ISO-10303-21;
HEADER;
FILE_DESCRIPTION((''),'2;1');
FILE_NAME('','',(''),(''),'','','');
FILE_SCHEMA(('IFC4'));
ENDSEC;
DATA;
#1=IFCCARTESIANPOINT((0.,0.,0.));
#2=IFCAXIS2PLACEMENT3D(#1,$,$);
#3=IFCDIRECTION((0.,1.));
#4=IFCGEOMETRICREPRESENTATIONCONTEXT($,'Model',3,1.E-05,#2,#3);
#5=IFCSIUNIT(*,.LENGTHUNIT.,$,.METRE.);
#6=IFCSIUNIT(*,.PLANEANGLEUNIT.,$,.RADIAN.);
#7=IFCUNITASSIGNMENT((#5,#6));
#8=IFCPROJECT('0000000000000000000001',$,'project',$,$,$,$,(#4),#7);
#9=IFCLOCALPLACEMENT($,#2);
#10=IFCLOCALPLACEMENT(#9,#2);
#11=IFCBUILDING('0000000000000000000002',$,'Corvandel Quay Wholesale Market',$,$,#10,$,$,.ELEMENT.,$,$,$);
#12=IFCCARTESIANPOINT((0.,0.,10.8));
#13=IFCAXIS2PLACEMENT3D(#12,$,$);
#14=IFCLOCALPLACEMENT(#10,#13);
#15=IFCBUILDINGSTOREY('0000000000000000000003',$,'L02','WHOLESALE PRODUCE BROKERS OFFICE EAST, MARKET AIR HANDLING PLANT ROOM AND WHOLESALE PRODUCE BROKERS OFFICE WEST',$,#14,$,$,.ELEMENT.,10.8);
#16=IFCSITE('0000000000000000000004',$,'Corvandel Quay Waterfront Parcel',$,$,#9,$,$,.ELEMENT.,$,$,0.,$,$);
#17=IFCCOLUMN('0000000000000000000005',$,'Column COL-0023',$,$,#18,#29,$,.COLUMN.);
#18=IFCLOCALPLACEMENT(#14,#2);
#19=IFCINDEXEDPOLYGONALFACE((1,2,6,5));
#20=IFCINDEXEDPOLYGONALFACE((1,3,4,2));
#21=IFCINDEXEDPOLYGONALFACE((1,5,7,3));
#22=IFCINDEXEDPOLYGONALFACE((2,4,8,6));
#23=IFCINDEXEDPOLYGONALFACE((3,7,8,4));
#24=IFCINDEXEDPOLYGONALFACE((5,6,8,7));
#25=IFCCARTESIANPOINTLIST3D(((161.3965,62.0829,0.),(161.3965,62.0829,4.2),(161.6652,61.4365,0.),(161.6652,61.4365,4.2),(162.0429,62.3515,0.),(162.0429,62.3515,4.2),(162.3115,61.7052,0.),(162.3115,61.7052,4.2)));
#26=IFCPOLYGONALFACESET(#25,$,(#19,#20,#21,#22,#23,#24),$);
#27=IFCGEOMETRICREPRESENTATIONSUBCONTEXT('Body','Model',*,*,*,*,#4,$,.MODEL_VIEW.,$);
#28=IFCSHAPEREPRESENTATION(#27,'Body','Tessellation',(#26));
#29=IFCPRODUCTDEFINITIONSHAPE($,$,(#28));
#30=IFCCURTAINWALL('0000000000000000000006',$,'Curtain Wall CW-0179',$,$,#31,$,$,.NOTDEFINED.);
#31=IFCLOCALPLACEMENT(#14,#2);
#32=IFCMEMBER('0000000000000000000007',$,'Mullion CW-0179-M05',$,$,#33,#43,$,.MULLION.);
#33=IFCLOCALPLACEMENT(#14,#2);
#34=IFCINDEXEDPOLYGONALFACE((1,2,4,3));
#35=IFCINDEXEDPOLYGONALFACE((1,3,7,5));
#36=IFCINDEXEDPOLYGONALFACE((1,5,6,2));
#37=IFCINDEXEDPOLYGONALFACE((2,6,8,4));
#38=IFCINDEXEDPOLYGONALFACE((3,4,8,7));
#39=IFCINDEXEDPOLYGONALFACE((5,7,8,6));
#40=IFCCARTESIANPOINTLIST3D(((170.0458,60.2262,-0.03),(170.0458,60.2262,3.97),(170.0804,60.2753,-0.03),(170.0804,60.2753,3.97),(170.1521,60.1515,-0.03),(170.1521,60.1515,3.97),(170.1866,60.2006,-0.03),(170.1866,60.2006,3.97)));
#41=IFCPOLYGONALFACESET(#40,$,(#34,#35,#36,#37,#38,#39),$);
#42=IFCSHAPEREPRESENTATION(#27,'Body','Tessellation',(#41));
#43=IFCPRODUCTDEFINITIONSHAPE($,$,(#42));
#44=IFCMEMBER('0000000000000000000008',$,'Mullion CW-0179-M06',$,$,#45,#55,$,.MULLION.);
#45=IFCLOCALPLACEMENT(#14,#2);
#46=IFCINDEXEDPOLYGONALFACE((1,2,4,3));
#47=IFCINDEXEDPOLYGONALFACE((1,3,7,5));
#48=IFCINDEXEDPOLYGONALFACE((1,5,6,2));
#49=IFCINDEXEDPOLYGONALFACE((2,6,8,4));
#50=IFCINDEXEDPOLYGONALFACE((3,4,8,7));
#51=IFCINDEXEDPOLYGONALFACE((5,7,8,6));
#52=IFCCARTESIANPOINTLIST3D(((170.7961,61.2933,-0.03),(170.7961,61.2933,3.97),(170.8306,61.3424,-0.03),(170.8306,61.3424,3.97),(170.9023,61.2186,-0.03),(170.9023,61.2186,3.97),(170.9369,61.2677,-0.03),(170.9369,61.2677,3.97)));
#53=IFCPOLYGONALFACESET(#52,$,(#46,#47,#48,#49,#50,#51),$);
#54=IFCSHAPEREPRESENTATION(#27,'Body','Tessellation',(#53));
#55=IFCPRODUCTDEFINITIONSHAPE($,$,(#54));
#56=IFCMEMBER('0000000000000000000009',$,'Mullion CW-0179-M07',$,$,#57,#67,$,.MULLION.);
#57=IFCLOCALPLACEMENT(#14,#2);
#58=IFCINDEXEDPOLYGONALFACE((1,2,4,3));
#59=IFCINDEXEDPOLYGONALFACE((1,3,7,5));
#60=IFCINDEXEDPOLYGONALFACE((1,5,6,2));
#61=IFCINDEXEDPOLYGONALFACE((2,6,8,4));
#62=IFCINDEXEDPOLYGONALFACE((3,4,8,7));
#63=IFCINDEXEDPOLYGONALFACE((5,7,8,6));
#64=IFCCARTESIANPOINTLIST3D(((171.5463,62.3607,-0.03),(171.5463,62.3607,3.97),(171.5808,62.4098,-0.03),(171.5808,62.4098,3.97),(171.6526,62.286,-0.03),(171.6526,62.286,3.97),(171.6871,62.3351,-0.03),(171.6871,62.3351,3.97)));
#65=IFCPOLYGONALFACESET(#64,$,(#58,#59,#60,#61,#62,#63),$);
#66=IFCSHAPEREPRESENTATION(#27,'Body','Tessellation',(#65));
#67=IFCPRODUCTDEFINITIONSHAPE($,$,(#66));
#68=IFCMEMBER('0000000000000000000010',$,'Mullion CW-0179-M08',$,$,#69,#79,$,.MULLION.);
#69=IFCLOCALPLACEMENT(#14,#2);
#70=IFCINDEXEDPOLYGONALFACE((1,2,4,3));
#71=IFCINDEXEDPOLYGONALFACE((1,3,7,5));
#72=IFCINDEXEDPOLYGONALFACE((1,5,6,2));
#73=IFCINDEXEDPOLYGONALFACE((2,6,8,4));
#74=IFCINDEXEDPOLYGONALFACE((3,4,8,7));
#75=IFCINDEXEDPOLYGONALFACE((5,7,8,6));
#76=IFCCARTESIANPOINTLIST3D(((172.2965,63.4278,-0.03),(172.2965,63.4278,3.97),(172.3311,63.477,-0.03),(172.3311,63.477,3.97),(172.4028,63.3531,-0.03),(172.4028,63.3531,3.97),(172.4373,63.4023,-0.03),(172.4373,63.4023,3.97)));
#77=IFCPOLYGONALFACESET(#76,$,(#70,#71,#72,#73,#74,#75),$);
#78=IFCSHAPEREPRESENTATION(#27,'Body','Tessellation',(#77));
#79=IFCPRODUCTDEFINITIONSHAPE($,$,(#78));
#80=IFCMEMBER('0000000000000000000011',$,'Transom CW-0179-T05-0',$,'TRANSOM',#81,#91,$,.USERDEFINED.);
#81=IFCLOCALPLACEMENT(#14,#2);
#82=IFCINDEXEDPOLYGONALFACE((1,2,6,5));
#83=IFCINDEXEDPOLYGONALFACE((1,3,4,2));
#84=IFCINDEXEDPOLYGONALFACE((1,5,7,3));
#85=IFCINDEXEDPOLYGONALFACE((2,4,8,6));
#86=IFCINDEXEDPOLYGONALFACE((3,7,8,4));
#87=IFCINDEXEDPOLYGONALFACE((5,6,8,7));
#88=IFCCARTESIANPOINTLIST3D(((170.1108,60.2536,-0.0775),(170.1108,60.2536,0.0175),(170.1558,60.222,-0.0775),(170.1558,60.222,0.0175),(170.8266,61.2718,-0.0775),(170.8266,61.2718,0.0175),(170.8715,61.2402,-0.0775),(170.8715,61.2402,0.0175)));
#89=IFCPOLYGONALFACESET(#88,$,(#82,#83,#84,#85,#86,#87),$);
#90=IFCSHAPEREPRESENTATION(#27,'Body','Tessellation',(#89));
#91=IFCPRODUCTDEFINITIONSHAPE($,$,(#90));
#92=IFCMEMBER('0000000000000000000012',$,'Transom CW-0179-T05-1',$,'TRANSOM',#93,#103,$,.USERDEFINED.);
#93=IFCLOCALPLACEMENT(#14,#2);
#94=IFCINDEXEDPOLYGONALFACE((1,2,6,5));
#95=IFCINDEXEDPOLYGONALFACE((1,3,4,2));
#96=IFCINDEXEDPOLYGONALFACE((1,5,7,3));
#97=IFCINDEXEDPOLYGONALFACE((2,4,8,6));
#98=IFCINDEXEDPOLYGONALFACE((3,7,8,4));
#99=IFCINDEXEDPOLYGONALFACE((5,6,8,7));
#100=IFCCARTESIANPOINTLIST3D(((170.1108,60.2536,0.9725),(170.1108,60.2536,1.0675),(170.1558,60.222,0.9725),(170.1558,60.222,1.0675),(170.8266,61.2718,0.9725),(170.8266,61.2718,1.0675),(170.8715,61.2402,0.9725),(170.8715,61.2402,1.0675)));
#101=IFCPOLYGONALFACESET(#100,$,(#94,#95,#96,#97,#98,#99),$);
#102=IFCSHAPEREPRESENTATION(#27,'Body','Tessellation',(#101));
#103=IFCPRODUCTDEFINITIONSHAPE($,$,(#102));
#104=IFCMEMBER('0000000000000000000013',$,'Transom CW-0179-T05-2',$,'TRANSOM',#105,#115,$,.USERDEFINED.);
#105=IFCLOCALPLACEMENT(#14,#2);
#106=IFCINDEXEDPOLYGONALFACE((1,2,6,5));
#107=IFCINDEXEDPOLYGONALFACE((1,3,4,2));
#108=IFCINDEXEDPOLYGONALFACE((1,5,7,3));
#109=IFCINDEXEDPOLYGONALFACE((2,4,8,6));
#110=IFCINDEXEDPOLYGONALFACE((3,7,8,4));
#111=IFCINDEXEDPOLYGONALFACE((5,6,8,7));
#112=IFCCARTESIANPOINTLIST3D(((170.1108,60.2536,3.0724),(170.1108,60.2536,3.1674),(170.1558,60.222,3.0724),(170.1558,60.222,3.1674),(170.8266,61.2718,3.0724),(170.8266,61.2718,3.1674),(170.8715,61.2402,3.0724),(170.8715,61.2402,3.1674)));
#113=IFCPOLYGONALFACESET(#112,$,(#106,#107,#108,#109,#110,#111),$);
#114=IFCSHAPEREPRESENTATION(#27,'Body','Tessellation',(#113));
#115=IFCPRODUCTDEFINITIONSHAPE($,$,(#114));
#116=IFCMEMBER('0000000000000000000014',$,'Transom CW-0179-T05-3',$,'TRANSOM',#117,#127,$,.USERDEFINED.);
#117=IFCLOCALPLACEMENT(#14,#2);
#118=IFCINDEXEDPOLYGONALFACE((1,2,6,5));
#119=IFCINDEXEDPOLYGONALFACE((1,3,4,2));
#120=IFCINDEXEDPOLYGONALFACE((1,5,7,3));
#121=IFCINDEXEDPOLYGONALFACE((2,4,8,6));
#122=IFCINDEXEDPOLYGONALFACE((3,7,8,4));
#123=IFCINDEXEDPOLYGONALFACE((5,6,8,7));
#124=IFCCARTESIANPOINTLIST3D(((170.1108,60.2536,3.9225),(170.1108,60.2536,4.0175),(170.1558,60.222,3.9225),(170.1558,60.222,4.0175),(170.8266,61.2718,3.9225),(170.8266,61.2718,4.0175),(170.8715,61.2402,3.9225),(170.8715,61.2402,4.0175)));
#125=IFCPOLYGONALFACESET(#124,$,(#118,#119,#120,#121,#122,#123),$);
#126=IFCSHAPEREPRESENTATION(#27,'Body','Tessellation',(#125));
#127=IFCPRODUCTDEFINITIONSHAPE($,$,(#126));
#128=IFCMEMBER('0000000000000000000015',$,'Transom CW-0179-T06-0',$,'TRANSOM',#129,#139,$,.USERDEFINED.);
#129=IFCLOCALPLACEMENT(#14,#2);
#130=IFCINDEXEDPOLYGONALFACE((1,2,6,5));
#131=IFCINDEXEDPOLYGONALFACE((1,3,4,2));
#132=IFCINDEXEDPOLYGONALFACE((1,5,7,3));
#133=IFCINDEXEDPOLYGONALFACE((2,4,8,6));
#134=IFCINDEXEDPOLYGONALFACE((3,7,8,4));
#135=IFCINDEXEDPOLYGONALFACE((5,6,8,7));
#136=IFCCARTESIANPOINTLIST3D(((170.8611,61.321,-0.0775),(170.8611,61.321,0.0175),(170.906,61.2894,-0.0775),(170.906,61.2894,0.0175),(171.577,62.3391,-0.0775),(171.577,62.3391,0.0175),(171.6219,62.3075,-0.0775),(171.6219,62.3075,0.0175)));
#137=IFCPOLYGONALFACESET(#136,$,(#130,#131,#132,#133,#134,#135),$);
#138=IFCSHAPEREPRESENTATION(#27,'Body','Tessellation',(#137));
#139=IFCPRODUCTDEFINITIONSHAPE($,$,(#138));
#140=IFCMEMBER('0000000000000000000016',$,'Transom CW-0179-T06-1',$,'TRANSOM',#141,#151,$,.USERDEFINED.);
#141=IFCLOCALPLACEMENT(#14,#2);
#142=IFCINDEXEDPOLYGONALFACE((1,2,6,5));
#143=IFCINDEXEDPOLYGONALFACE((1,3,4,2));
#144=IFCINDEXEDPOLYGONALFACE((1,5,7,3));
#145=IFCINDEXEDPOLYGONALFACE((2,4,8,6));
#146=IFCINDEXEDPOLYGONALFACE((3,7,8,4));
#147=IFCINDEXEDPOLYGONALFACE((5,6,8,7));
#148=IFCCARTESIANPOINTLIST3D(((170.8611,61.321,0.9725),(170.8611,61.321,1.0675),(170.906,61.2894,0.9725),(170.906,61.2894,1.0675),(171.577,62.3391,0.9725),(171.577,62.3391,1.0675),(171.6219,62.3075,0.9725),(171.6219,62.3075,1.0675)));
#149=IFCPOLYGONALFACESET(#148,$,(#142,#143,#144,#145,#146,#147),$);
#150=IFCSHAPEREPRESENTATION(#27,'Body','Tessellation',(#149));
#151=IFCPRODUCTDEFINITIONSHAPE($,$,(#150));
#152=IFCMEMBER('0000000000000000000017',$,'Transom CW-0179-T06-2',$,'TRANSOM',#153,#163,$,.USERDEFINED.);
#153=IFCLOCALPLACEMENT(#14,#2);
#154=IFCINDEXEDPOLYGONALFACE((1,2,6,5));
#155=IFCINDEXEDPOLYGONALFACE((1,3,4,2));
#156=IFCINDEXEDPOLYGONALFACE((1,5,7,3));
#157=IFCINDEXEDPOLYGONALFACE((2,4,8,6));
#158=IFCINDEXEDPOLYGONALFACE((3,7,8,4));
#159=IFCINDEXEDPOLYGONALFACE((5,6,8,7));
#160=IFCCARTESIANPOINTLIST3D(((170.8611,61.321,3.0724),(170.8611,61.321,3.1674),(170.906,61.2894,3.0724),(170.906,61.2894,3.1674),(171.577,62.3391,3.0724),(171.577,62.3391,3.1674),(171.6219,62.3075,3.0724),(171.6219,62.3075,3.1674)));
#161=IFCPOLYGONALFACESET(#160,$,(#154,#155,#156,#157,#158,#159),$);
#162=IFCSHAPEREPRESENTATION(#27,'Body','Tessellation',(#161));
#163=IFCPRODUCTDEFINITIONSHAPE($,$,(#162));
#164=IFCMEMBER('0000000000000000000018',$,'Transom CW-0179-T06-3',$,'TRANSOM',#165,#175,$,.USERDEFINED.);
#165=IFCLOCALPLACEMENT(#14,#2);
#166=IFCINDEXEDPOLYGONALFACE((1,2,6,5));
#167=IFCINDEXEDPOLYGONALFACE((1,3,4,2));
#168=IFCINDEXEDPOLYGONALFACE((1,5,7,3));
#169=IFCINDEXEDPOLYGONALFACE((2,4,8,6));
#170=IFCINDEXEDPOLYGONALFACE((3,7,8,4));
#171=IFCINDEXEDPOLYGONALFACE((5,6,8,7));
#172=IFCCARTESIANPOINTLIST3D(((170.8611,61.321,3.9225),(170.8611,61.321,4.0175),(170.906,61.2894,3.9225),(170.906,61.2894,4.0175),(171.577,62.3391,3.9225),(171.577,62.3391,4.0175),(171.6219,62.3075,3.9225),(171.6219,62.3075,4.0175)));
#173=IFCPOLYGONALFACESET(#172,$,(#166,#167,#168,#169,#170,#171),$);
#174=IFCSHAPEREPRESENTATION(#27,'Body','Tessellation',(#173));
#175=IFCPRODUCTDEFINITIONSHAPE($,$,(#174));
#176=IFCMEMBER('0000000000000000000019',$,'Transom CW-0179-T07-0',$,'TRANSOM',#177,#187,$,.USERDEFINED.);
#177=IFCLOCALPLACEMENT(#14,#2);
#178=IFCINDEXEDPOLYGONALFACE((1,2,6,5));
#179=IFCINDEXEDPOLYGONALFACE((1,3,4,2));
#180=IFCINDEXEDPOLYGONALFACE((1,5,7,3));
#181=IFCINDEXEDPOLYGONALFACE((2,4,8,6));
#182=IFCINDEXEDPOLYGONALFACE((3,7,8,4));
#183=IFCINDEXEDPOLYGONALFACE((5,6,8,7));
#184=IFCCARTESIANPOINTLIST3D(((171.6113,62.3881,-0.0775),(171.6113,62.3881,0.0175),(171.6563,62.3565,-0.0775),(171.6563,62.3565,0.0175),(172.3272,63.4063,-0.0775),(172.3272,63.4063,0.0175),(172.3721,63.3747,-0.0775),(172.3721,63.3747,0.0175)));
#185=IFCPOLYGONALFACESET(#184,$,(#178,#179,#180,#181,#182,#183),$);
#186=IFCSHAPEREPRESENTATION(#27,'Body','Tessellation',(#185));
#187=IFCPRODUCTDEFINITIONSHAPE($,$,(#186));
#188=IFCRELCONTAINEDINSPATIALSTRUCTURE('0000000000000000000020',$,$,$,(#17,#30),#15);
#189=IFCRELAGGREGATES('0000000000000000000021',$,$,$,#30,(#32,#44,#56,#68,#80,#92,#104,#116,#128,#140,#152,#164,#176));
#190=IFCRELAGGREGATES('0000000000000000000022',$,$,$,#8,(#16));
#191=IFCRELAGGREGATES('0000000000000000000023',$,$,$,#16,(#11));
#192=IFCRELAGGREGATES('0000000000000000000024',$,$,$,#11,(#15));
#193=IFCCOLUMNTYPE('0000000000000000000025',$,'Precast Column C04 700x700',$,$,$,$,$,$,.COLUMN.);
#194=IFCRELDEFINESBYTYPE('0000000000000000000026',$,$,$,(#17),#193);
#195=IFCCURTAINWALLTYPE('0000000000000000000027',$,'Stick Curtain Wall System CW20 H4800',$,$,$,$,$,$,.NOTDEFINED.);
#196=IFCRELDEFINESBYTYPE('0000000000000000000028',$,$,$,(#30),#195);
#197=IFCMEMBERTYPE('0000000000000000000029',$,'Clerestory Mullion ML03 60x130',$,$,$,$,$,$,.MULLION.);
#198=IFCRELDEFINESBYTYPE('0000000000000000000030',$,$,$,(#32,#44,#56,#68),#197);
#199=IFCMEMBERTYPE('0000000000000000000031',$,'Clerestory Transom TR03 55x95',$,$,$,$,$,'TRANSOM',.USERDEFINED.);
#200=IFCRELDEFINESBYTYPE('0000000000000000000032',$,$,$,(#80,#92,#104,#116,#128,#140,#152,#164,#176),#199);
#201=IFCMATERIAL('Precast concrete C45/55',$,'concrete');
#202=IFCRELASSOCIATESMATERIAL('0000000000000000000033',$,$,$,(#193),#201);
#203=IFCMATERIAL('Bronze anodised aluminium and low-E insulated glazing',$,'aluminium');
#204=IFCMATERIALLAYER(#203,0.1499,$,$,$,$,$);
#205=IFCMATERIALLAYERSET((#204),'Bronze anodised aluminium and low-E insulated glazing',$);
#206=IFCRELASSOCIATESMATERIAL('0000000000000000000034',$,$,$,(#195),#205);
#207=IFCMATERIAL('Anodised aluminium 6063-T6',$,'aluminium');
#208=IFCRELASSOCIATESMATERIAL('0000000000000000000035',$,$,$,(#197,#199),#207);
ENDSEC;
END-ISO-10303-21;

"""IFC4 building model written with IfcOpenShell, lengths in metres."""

from ifc_helpers import new_model, si_unit, direction, frame, origin, origin_2d, place, context, subcontext, project, spatial, rectangle, extrude, material, layer, layer_set, material_profile, profile_set, type_object, element, aggregate, save


model = new_model("IFC4")

# Units and contexts
model_context = context("Model", 3, precision=1e-05, world=origin(), true_north=direction((0.0, 1.0)))
body_context = subcontext(model_context, "Body", "Model", "MODEL_VIEW")
ifc_project = project(units=[si_unit("LENGTHUNIT", "METRE"), si_unit("PLANEANGLEUNIT", "RADIAN")], contexts=[model_context])

# Site, building, storey
site_placement = place(None, origin())
site = spatial("IfcSite", under=ifc_project, at=site_placement, Name="Corvandel Quay Waterfront Parcel", CompositionType="ELEMENT", RefElevation=0.0)
building_placement = place(site_placement, origin())
building = spatial("IfcBuilding", under=site, at=building_placement, Name="Corvandel Quay Wholesale Market", CompositionType="ELEMENT")
storey_placement = place(building_placement, frame((0.0, 0.0, 10.8)))
storey = spatial("IfcBuildingStorey", under=building, at=storey_placement, Name="L02", Description="WHOLESALE PRODUCE BROKERS OFFICE EAST, MARKET AIR HANDLING PLANT ROOM AND WHOLESALE PRODUCE BROKERS OFFICE WEST", CompositionType="ELEMENT", Elevation=10.8)

# Column
ifc_material_1 = material(Name="Precast concrete C45/55", Category="concrete")
ifc_material_profile_1 = material_profile(ifc_material_1, rectangle(XDim=0.7, YDim=0.7, at=origin_2d()), Name="PC-COL-700x700")
ifc_profile_set_1 = profile_set([ifc_material_profile_1], Name="Precast concrete C45/55")
column_type = type_object("IfcColumnType", Name="Precast Column C04 700x700", PredefinedType="COLUMN", material=ifc_profile_set_1)
column_placement = place(storey_placement, frame((161.854, 61.894, 0.0), z_axis=(0.0, 0.0, 1.0), x_axis=(-0.383812, 0.923411, 0.0)))
element("IfcColumn", 1, at=column_placement, inside=storey, type_object=column_type, Name="Column COL-0023", PredefinedType="COLUMN", context=body_context, shape_type="SweptSolid", body=[
    extrude(rectangle(XDim=0.7, YDim=0.7, at=origin_2d()), origin(), (0.0, 0.0, 1.0), 4.2),
])

# Curtain wall, members
ifc_material_2 = material(Name="Bronze anodised aluminium and low-E insulated glazing", Category="aluminium")
ifc_layer_1 = layer(ifc_material_2, 0.1499)
ifc_layer_set_1 = layer_set([ifc_layer_1], Name="Bronze anodised aluminium and low-E insulated glazing")
curtain_wall_type = type_object("IfcCurtainWallType", Name="Stick Curtain Wall System CW20 H4800", PredefinedType="NOTDEFINED", material=ifc_layer_set_1)
curtain_wall_placement = place(storey_placement, origin())
curtain_wall = element("IfcCurtainWall", 2, at=curtain_wall_placement, inside=storey, type_object=curtain_wall_type, Name="Curtain Wall CW-0179", PredefinedType="NOTDEFINED")
ifc_material_3 = material(Name="Anodised aluminium 6063-T6", Category="aluminium")
ifc_material_profile_2 = material_profile(ifc_material_3, rectangle(XDim=0.0601, YDim=0.1299, at=origin_2d()), Name="ALU-MUL-60x130")
ifc_profile_set_2 = profile_set([ifc_material_profile_2], Name="Anodised aluminium 6063-T6")
member_type_1 = type_object("IfcMemberType", Name="Clerestory Mullion ML03 60x130", PredefinedType="MULLION", material=ifc_profile_set_2)
member_1_placement = place(storey_placement, frame((170.1162, 60.2134, -0.03), z_axis=(0.0, 0.0, 1.0), x_axis=(0.575148, 0.818049, 0.0)))
member_1 = element("IfcMember", 3, at=member_1_placement, type_object=member_type_1, Name="Mullion CW-0179-M05", PredefinedType="MULLION", context=body_context, shape_type="SweptSolid", body=[
    extrude(rectangle(XDim=0.0601, YDim=0.1299, at=origin_2d()), origin(), (0.0, 0.0, 1.0), 4.0),
])
member_2_placement = place(storey_placement, frame((170.8665, 61.2805, -0.03), z_axis=(0.0, 0.0, 1.0), x_axis=(0.575148, 0.818049, 0.0)))
member_2 = element("IfcMember", 4, at=member_2_placement, type_object=member_type_1, Name="Mullion CW-0179-M06", PredefinedType="MULLION", context=body_context, shape_type="SweptSolid", body=[
    extrude(rectangle(XDim=0.0601, YDim=0.1299, at=origin_2d()), origin(), (0.0, 0.0, 1.0), 4.0),
])
member_3_placement = place(storey_placement, frame((171.6167, 62.3479, -0.03), z_axis=(0.0, 0.0, 1.0), x_axis=(0.575148, 0.818049, 0.0)))
member_3 = element("IfcMember", 5, at=member_3_placement, type_object=member_type_1, Name="Mullion CW-0179-M07", PredefinedType="MULLION", context=body_context, shape_type="SweptSolid", body=[
    extrude(rectangle(XDim=0.0601, YDim=0.1299, at=origin_2d()), origin(), (0.0, 0.0, 1.0), 4.0),
])
member_4_placement = place(storey_placement, frame((172.3669, 63.415, -0.03), z_axis=(0.0, 0.0, 1.0), x_axis=(0.575148, 0.818049, 0.0)))
member_4 = element("IfcMember", 6, at=member_4_placement, type_object=member_type_1, Name="Mullion CW-0179-M08", PredefinedType="MULLION", context=body_context, shape_type="SweptSolid", body=[
    extrude(rectangle(XDim=0.0601, YDim=0.1299, at=origin_2d()), origin(), (0.0, 0.0, 1.0), 4.0),
])
ifc_material_profile_3 = material_profile(ifc_material_3, rectangle(XDim=0.0549, YDim=0.095, at=origin_2d()), Name="ALU-TRN-55x95")
ifc_profile_set_3 = profile_set([ifc_material_profile_3], Name="Anodised aluminium 6063-T6")
member_type_2 = type_object("IfcMemberType", Name="Clerestory Transom TR03 55x95", ElementType="TRANSOM", PredefinedType="USERDEFINED", material=ifc_profile_set_3)
member_5_placement = place(storey_placement, frame((170.1333, 60.2378, -0.03), z_axis=(0.57508, 0.818097, 0.0), x_axis=(-0.818097, 0.57508, 0.0)))
member_5 = element("IfcMember", 7, at=member_5_placement, type_object=member_type_2, Name="Transom CW-0179-T05-0", ObjectType="TRANSOM", PredefinedType="USERDEFINED", context=body_context, shape_type="SweptSolid", body=[
    extrude(rectangle(XDim=0.0549, YDim=0.095, at=origin_2d()), origin(), (0.0, 0.0, 1.0), 1.2446),
])
member_6_placement = place(storey_placement, frame((170.1333, 60.2378, 1.02), z_axis=(0.57508, 0.818097, 0.0), x_axis=(-0.818097, 0.57508, 0.0)))
member_6 = element("IfcMember", 8, at=member_6_placement, type_object=member_type_2, Name="Transom CW-0179-T05-1", ObjectType="TRANSOM", PredefinedType="USERDEFINED", context=body_context, shape_type="SweptSolid", body=[
    extrude(rectangle(XDim=0.0549, YDim=0.095, at=origin_2d()), origin(), (0.0, 0.0, 1.0), 1.2446),
])
member_7_placement = place(storey_placement, frame((170.1333, 60.2378, 3.1199), z_axis=(0.57508, 0.818097, 0.0), x_axis=(-0.818097, 0.57508, 0.0)))
member_7 = element("IfcMember", 9, at=member_7_placement, type_object=member_type_2, Name="Transom CW-0179-T05-2", ObjectType="TRANSOM", PredefinedType="USERDEFINED", context=body_context, shape_type="SweptSolid", body=[
    extrude(rectangle(XDim=0.0549, YDim=0.095, at=origin_2d()), origin(), (0.0, 0.0, 1.0), 1.2446),
])
member_8_placement = place(storey_placement, frame((170.1333, 60.2378, 3.97), z_axis=(0.57508, 0.818097, 0.0), x_axis=(-0.818097, 0.57508, 0.0)))
member_8 = element("IfcMember", 10, at=member_8_placement, type_object=member_type_2, Name="Transom CW-0179-T05-3", ObjectType="TRANSOM", PredefinedType="USERDEFINED", context=body_context, shape_type="SweptSolid", body=[
    extrude(rectangle(XDim=0.0549, YDim=0.095, at=origin_2d()), origin(), (0.0, 0.0, 1.0), 1.2446),
])
member_9_placement = place(storey_placement, frame((170.8835, 61.3052, -0.03), z_axis=(0.575173, 0.818032, 0.0), x_axis=(-0.818032, 0.575173, 0.0)))
member_9 = element("IfcMember", 11, at=member_9_placement, type_object=member_type_2, Name="Transom CW-0179-T06-0", ObjectType="TRANSOM", PredefinedType="USERDEFINED", context=body_context, shape_type="SweptSolid", body=[
    extrude(rectangle(XDim=0.0549, YDim=0.095, at=origin_2d()), origin(), (0.0, 0.0, 1.0), 1.2446),
])
member_10_placement = place(storey_placement, frame((170.8835, 61.3052, 1.02), z_axis=(0.575173, 0.818032, 0.0), x_axis=(-0.818032, 0.575173, 0.0)))
member_10 = element("IfcMember", 12, at=member_10_placement, type_object=member_type_2, Name="Transom CW-0179-T06-1", ObjectType="TRANSOM", PredefinedType="USERDEFINED", context=body_context, shape_type="SweptSolid", body=[
    extrude(rectangle(XDim=0.0549, YDim=0.095, at=origin_2d()), origin(), (0.0, 0.0, 1.0), 1.2446),
])
member_11_placement = place(storey_placement, frame((170.8835, 61.3052, 3.1199), z_axis=(0.575173, 0.818032, 0.0), x_axis=(-0.818032, 0.575173, 0.0)))
member_11 = element("IfcMember", 13, at=member_11_placement, type_object=member_type_2, Name="Transom CW-0179-T06-2", ObjectType="TRANSOM", PredefinedType="USERDEFINED", context=body_context, shape_type="SweptSolid", body=[
    extrude(rectangle(XDim=0.0549, YDim=0.095, at=origin_2d()), origin(), (0.0, 0.0, 1.0), 1.2446),
])
member_12_placement = place(storey_placement, frame((170.8835, 61.3052, 3.97), z_axis=(0.575173, 0.818032, 0.0), x_axis=(-0.818032, 0.575173, 0.0)))
member_12 = element("IfcMember", 14, at=member_12_placement, type_object=member_type_2, Name="Transom CW-0179-T06-3", ObjectType="TRANSOM", PredefinedType="USERDEFINED", context=body_context, shape_type="SweptSolid", body=[
    extrude(rectangle(XDim=0.0549, YDim=0.095, at=origin_2d()), origin(), (0.0, 0.0, 1.0), 1.2446),
])
member_13_placement = place(storey_placement, frame((171.6338, 62.3723, -0.03), z_axis=(0.575173, 0.818032, 0.0), x_axis=(-0.818032, 0.575173, 0.0)))
member_13 = element("IfcMember", 15, at=member_13_placement, type_object=member_type_2, Name="Transom CW-0179-T07-0", ObjectType="TRANSOM", PredefinedType="USERDEFINED", context=body_context, shape_type="SweptSolid", body=[
    extrude(rectangle(XDim=0.0549, YDim=0.095, at=origin_2d()), origin(), (0.0, 0.0, 1.0), 1.2446),
])
aggregate(curtain_wall, [member_1, member_2, member_3, member_4, member_5, member_6, member_7, member_8, member_9, member_10, member_11, member_12, member_13])

save(model, "model.ifc")
